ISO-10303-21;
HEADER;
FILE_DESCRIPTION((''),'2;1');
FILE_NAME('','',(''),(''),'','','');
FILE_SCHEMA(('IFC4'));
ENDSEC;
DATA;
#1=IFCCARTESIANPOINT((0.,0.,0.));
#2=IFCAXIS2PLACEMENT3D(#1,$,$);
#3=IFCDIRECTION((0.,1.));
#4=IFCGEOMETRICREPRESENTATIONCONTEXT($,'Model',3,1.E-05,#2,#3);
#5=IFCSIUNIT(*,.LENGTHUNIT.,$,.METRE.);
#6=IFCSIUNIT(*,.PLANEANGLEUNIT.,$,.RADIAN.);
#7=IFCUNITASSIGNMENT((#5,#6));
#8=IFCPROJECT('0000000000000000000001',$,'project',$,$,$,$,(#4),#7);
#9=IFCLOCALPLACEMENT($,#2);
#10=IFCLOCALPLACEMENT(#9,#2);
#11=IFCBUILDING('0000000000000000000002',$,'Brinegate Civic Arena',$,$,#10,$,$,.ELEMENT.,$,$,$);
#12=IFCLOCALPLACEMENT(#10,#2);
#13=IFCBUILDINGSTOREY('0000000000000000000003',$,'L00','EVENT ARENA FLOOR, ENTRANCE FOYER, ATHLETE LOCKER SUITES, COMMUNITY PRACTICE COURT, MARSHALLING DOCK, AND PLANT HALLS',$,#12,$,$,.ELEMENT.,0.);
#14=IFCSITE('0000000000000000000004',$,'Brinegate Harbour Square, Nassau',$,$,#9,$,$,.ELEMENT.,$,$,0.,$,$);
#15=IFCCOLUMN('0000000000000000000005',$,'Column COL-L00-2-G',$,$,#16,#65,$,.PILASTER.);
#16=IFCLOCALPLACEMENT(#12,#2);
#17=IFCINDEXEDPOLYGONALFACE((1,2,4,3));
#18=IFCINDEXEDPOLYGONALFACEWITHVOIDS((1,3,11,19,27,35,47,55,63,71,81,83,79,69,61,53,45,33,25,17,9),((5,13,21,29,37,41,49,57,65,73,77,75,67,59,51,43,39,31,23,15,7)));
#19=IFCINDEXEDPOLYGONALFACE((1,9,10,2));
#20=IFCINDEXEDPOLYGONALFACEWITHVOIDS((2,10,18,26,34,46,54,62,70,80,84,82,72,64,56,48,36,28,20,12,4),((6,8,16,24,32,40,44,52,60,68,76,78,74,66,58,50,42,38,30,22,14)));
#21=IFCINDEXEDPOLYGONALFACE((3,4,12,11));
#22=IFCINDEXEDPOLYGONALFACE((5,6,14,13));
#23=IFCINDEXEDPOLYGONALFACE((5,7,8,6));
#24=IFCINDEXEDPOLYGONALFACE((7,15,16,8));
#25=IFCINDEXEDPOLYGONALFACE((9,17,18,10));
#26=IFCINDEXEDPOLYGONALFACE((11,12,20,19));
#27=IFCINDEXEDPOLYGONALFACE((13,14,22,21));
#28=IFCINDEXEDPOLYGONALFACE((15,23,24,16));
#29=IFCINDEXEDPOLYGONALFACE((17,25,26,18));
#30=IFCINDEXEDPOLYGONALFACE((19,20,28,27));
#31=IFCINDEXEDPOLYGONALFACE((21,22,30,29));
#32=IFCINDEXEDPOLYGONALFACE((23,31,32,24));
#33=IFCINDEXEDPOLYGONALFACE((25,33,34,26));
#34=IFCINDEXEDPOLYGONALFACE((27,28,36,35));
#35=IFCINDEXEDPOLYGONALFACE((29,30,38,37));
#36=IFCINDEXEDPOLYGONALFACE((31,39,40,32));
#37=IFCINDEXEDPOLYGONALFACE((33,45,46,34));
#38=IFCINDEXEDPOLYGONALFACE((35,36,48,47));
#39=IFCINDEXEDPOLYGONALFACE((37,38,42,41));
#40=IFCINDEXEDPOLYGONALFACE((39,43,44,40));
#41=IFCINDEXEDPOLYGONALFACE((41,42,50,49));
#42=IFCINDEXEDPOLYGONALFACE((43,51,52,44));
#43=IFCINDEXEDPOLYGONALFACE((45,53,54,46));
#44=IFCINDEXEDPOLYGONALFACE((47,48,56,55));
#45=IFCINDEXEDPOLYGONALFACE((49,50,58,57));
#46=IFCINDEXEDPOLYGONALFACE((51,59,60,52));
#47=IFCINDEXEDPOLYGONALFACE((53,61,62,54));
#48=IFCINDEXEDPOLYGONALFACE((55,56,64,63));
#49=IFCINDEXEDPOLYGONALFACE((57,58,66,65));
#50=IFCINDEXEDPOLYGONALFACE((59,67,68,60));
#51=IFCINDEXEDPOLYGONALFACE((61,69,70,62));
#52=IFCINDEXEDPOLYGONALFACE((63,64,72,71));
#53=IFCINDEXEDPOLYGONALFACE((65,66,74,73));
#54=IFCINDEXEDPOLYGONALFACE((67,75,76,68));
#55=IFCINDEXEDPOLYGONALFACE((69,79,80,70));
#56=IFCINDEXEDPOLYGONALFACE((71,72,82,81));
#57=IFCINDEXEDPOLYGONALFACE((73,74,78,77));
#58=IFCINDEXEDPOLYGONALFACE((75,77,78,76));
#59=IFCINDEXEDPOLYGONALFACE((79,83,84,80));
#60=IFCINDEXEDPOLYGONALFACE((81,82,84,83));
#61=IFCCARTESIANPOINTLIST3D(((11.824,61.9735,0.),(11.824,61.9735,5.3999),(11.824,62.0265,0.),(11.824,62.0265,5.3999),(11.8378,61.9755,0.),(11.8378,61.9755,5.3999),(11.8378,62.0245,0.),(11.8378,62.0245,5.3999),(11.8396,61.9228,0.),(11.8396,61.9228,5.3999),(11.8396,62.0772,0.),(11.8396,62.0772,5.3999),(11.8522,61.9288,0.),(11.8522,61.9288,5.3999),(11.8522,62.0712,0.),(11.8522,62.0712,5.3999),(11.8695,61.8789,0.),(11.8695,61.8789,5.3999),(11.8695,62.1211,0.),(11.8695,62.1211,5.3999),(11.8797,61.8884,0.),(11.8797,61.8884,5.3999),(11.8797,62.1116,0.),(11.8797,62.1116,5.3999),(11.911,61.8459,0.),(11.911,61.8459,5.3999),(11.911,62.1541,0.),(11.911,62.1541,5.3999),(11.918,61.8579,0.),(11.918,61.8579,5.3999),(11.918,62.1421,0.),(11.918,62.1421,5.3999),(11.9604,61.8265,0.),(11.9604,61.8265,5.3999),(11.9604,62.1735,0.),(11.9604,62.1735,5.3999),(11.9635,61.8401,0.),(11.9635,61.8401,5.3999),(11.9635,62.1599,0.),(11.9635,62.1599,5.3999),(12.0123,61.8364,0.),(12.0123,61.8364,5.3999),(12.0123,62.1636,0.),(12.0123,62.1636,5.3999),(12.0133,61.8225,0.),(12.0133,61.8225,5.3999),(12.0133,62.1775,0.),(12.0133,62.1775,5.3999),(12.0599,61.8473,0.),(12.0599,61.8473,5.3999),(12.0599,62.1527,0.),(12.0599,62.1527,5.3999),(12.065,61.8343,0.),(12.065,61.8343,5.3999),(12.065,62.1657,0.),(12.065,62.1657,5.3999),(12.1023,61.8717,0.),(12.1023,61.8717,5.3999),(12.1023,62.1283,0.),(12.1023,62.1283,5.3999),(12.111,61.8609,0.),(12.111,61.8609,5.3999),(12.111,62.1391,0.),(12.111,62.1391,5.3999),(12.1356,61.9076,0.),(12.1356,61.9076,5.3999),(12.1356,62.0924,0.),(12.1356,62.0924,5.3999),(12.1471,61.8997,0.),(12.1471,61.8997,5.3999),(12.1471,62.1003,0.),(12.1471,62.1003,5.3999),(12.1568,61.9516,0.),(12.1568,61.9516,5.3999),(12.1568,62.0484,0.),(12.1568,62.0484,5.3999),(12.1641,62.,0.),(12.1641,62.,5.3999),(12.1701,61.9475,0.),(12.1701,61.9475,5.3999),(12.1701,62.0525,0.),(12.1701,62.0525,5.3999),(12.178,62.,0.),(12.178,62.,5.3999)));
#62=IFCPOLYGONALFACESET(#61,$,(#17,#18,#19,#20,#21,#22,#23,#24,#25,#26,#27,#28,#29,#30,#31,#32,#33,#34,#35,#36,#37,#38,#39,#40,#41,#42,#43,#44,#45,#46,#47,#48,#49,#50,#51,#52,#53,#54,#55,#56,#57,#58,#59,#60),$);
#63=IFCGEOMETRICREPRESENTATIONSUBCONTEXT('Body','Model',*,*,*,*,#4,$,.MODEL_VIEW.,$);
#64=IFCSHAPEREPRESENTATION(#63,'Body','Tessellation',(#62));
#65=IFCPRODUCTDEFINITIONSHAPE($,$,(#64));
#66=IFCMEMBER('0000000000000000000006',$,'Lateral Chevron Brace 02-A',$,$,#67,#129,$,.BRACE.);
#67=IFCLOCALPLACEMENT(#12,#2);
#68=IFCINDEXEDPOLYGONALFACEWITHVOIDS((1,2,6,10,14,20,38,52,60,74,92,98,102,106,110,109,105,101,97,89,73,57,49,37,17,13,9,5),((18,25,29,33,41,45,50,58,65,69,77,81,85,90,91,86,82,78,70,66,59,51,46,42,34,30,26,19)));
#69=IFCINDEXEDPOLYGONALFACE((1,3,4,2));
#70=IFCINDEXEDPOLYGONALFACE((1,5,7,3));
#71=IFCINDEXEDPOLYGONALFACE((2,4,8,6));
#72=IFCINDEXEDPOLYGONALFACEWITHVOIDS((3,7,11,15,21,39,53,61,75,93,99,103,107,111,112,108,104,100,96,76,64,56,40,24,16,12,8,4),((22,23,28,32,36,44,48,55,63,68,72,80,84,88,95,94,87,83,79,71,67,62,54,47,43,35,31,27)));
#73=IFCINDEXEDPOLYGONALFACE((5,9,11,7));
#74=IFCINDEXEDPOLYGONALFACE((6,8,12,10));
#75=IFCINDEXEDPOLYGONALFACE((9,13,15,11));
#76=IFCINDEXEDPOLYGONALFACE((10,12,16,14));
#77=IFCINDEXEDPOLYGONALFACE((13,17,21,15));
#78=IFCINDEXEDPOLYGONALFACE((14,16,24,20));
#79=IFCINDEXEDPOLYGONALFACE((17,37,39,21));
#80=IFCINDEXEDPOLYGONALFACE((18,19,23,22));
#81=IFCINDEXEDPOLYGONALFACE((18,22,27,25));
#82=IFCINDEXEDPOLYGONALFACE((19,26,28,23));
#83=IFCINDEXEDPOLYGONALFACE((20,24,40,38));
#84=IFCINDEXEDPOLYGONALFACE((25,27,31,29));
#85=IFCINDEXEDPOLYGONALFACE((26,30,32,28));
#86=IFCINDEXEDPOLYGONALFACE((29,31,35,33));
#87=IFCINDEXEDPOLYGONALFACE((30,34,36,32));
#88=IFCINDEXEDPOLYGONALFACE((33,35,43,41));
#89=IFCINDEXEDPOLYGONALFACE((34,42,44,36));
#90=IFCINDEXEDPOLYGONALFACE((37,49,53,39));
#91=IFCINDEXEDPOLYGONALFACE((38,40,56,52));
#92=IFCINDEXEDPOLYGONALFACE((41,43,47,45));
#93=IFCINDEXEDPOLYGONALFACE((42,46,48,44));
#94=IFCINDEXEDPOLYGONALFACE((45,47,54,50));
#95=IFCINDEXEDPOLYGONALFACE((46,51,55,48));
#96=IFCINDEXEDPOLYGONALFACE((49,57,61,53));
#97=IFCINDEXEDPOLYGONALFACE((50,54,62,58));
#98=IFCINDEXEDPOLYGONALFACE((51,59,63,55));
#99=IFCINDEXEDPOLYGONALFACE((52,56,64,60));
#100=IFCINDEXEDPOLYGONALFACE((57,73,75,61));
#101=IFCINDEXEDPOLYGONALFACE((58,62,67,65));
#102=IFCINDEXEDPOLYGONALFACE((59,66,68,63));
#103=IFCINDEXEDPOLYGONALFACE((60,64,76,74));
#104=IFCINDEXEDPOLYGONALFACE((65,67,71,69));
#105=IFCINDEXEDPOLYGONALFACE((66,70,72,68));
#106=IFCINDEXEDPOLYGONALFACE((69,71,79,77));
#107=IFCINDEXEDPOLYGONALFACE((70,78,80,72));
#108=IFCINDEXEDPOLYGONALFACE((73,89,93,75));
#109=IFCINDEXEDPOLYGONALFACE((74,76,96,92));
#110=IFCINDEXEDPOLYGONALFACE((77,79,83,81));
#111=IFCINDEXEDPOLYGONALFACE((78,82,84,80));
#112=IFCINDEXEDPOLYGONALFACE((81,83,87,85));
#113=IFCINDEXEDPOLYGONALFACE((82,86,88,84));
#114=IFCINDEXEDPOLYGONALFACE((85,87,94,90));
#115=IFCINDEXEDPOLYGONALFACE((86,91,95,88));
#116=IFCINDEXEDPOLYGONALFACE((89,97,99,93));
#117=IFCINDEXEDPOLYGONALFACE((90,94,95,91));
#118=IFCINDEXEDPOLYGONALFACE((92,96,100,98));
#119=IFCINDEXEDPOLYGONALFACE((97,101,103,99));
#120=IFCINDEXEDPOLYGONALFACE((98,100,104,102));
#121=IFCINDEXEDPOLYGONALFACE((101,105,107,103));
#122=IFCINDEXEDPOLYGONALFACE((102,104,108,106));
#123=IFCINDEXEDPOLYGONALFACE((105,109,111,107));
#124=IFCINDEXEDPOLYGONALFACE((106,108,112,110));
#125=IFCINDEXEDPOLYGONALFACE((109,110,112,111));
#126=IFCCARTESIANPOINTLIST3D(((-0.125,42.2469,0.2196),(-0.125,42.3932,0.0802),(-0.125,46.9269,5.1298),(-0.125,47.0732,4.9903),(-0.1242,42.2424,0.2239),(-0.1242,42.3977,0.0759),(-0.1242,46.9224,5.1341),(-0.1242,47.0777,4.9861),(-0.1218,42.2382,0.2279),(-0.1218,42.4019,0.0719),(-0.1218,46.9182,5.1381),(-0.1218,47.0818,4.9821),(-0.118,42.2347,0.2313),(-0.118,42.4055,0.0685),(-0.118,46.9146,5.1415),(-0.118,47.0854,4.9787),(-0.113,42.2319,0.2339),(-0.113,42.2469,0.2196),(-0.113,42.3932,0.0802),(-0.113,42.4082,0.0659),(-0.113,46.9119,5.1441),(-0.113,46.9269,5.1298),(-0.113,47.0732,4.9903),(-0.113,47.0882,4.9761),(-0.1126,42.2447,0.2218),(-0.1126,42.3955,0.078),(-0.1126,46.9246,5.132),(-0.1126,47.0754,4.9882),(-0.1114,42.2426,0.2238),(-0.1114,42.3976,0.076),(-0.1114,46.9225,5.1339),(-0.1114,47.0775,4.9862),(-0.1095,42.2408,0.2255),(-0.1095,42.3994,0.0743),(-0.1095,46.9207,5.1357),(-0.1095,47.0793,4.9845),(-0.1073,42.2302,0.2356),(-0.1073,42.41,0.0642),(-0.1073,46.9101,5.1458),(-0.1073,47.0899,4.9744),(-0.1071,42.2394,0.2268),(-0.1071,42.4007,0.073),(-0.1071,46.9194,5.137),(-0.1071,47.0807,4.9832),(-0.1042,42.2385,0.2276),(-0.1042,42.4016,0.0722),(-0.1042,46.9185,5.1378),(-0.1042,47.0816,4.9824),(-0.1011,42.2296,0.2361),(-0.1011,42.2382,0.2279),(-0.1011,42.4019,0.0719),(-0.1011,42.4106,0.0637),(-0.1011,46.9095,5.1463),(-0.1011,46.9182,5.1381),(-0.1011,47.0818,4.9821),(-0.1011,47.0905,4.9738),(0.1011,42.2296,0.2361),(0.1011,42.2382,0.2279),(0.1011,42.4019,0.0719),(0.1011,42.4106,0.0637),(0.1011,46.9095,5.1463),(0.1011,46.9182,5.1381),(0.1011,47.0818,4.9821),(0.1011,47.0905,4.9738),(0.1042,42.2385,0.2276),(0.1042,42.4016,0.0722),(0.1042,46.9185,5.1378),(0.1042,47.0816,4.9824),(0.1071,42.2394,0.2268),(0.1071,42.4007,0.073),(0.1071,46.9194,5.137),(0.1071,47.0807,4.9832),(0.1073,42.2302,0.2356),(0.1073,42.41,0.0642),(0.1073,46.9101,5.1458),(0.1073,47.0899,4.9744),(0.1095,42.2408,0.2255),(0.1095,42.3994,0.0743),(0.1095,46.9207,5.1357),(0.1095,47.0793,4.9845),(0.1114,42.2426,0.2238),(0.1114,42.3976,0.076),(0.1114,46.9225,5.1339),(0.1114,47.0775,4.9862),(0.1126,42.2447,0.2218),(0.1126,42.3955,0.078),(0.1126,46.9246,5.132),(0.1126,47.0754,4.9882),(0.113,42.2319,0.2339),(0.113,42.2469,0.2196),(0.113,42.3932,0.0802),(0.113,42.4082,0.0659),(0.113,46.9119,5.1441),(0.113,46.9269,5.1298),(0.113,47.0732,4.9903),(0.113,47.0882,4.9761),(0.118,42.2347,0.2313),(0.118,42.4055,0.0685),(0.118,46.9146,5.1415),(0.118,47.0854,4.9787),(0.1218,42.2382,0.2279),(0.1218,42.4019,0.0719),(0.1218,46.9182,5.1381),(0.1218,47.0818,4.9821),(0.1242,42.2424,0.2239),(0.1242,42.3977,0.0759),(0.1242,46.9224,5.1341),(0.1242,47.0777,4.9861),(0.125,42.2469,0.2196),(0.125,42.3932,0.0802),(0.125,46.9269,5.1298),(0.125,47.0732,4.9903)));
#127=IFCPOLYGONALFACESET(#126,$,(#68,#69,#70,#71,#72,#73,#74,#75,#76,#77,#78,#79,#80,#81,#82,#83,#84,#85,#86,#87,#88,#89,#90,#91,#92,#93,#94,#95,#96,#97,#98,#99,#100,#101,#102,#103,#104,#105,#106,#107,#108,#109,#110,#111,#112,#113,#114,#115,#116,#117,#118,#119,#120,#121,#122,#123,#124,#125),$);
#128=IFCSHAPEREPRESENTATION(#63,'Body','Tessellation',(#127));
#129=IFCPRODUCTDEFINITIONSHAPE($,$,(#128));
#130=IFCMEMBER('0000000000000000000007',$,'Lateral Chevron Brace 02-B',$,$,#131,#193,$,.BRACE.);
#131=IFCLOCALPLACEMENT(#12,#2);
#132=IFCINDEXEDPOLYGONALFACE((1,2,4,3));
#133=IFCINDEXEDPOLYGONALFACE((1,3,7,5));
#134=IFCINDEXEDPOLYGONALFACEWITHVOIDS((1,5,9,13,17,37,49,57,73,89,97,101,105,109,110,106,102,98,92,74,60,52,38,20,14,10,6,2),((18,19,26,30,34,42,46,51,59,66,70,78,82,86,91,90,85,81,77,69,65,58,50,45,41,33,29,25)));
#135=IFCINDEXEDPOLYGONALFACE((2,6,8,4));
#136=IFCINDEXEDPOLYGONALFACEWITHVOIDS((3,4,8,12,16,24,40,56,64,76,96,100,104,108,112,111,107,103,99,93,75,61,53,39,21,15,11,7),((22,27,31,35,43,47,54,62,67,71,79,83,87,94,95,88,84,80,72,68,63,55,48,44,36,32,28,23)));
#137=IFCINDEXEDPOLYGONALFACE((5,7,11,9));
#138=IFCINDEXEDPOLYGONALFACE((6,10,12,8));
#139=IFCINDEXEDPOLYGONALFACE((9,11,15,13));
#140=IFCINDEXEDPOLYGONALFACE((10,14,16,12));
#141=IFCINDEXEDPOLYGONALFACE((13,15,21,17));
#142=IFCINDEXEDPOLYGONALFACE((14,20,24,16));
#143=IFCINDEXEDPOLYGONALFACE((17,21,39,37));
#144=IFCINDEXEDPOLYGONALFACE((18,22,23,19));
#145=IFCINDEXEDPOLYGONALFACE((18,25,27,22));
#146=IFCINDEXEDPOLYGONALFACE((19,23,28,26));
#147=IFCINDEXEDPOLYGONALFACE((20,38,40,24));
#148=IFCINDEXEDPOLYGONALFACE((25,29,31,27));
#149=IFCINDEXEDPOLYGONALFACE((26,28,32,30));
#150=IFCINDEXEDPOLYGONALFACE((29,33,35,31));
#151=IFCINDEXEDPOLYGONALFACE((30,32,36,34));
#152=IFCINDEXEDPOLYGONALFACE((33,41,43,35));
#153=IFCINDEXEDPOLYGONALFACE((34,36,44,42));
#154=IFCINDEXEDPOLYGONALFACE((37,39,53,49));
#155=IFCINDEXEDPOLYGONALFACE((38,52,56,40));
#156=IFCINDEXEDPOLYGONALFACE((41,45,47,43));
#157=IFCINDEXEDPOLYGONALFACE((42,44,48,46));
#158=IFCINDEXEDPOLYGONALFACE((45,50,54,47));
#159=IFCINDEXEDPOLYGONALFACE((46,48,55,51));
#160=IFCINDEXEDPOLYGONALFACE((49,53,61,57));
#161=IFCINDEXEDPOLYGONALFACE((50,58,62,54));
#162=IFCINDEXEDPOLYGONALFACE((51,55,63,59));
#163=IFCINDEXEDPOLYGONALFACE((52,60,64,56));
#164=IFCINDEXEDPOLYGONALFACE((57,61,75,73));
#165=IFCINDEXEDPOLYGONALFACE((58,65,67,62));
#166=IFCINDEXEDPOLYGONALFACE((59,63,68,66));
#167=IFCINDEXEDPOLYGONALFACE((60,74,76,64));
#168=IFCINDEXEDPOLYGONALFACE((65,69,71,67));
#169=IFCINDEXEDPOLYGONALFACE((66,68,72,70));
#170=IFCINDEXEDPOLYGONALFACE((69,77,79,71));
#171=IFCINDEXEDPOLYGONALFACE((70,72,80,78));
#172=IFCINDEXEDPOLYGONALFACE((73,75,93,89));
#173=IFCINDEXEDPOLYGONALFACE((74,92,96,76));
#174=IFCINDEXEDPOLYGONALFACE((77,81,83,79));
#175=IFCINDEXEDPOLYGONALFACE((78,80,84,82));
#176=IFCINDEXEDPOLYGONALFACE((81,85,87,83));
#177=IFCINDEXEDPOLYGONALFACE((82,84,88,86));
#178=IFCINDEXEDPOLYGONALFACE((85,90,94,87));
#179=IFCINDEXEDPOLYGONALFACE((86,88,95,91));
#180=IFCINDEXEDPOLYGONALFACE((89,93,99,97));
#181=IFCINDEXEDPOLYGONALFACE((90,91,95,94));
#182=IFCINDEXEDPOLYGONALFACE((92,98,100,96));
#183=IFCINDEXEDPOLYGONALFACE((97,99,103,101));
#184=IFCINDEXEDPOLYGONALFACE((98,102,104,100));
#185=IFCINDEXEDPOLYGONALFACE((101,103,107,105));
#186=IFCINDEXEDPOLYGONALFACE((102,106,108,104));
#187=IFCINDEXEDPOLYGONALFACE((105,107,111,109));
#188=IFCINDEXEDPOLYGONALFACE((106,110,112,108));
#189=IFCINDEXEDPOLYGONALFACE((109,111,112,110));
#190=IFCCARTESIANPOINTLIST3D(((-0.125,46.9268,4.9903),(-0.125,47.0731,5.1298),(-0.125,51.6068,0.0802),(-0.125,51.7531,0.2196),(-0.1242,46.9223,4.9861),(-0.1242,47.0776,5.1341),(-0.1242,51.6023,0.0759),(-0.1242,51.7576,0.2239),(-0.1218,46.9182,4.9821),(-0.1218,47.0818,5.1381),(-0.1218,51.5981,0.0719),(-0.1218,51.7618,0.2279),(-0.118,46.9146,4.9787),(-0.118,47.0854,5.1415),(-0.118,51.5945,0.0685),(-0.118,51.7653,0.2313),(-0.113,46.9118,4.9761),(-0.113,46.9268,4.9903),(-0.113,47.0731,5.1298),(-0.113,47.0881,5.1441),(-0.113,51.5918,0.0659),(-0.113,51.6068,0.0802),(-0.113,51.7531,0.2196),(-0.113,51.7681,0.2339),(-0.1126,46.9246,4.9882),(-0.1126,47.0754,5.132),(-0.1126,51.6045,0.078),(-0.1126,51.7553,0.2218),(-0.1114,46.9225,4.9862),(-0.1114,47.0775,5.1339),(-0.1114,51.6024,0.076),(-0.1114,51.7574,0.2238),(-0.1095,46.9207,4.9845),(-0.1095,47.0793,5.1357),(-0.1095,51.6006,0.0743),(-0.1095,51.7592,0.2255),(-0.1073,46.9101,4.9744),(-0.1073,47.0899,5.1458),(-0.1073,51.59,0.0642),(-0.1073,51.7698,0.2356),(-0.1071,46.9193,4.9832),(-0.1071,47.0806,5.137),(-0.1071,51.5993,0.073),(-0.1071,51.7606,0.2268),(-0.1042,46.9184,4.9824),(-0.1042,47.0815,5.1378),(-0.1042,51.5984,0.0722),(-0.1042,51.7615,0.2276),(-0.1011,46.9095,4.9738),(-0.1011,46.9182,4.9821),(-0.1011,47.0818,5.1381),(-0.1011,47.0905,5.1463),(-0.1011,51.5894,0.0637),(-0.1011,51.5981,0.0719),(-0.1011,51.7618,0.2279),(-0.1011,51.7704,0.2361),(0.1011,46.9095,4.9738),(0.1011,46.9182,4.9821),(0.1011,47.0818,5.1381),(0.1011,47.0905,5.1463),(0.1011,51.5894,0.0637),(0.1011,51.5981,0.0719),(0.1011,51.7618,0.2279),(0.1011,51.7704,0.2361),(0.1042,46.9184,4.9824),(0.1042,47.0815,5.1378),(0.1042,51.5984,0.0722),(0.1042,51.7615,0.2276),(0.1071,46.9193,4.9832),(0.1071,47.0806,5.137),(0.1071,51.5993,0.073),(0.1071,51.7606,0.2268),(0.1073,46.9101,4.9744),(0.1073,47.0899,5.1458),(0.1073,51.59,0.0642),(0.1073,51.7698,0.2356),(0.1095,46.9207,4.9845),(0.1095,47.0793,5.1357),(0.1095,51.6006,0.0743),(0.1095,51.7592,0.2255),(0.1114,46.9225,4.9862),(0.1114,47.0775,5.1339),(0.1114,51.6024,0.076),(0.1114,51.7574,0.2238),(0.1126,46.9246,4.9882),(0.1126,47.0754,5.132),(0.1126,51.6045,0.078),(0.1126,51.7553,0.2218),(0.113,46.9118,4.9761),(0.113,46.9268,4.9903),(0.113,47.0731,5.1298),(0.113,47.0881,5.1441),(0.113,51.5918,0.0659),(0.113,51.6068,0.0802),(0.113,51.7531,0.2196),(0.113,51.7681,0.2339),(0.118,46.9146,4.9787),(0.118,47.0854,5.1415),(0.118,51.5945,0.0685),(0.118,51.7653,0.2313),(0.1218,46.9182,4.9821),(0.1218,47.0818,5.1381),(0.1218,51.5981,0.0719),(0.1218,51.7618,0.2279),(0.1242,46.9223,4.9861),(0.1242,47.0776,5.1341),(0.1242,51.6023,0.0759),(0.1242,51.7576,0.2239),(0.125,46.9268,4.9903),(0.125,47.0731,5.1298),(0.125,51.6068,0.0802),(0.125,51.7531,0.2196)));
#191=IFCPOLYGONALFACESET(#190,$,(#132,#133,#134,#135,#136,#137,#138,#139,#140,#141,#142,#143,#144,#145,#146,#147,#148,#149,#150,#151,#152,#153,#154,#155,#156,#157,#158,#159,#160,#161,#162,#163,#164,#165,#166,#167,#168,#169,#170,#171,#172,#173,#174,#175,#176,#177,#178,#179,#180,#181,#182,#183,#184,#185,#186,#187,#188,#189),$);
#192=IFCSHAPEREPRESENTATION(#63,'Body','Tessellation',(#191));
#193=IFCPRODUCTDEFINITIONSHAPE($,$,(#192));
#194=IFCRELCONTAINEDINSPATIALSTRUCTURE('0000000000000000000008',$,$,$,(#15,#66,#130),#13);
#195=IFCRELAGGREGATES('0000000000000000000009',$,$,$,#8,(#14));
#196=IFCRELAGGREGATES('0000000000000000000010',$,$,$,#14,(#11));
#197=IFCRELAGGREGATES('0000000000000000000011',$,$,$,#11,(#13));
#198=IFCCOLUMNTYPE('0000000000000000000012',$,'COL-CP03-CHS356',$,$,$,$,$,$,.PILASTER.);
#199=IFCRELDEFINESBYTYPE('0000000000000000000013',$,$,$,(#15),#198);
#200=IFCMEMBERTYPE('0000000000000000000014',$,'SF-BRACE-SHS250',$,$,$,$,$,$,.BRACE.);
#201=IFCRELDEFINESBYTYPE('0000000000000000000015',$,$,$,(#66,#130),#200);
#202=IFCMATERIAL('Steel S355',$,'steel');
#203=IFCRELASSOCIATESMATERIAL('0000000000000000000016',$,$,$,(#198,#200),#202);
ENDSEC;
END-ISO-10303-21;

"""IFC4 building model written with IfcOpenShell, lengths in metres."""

from ifc_helpers import new_model, si_unit, direction, frame, origin, origin_2d, place, context, subcontext, project, spatial, hollow_rectangle, hollow_circle, extrude, material, material_profile, profile_set, type_object, element, save


model = new_model("IFC4")

# Units and contexts
model_context = context("Model", 3, precision=1e-05, world=origin(), true_north=direction((0.0, 1.0)))
body_context = subcontext(model_context, "Body", "Model", "MODEL_VIEW")
ifc_project = project(units=[si_unit("LENGTHUNIT", "METRE"), si_unit("PLANEANGLEUNIT", "RADIAN")], contexts=[model_context])

# Site, building, storey
site_placement = place(None, origin())
site = spatial("IfcSite", under=ifc_project, at=site_placement, Name="Brinegate Harbour Square, Nassau", CompositionType="ELEMENT", RefElevation=0.0)
building_placement = place(site_placement, origin())
building = spatial("IfcBuilding", under=site, at=building_placement, Name="Brinegate Civic Arena", CompositionType="ELEMENT")
storey_placement = place(building_placement, origin())
storey = spatial("IfcBuildingStorey", under=building, at=storey_placement, Name="L00", Description="EVENT ARENA FLOOR, ENTRANCE FOYER, ATHLETE LOCKER SUITES, COMMUNITY PRACTICE COURT, MARSHALLING DOCK, AND PLANT HALLS", CompositionType="ELEMENT", Elevation=0.0)

# Column
ifc_material_1 = material(Name="Steel S355", Category="steel")
ifc_material_profile_1 = material_profile(ifc_material_1, hollow_circle(Radius=0.178, WallThickness=0.0139, at=origin_2d()), Name="CHS356X14")
ifc_profile_set_1 = profile_set([ifc_material_profile_1], Name="Steel S355")
column_type_1 = type_object("IfcColumnType", Name="COL-CP03-CHS356", PredefinedType="PILASTER", material=ifc_profile_set_1)
column_1_placement = place(storey_placement, frame((12.0, 62.0, 0.0), z_axis=(0.0, 0.0, 1.0), x_axis=(1.0, 0.0, 0.0)))
element("IfcColumn", 1, at=column_1_placement, inside=storey, type_object=column_type_1, Name="Column COL-L00-2-G", PredefinedType="PILASTER", context=body_context, shape_type="SweptSolid", body=[
    extrude(hollow_circle(Radius=0.178, WallThickness=0.0139, at=origin_2d()), origin(), (0.0, 0.0, 1.0), 5.3999),
])

# Members
ifc_material_profile_2 = material_profile(ifc_material_1, hollow_rectangle(XDim=0.25, YDim=0.25, WallThickness=0.012, InnerFilletRadius=0.012, OuterFilletRadius=0.0239, at=origin_2d()), Name="SHS250X12")
ifc_profile_set_2 = profile_set([ifc_material_profile_2], Name="Steel S355")
member_type = type_object("IfcMemberType", Name="SF-BRACE-SHS250", PredefinedType="BRACE", material=ifc_profile_set_2)
for number, where, z_axis, x_axis, name in (
    (2, (0.0, 42.3201, 0.1499), (0.0, 0.689933, 0.723873), (-1.0, 0.0, 0.0), "Lateral Chevron Brace 02-A"),
    (3, (0.0, 51.6799, 0.1499), (0.0, -0.689933, 0.723873), (1.0, 0.0, 0.0), "Lateral Chevron Brace 02-B"),
):
    element("IfcMember", number, at=place(storey_placement, frame(where, z_axis=z_axis, x_axis=x_axis)), inside=storey, type_object=member_type, Name=name, PredefinedType="BRACE", context=body_context, shape_type="SweptSolid", body=[
        extrude(hollow_rectangle(XDim=0.25, YDim=0.25, WallThickness=0.012, InnerFilletRadius=0.012, OuterFilletRadius=0.0239, at=origin_2d()), origin(), (0.0, 0.0, 1.0), 6.7832),
    ])

save(model, "model.ifc")
